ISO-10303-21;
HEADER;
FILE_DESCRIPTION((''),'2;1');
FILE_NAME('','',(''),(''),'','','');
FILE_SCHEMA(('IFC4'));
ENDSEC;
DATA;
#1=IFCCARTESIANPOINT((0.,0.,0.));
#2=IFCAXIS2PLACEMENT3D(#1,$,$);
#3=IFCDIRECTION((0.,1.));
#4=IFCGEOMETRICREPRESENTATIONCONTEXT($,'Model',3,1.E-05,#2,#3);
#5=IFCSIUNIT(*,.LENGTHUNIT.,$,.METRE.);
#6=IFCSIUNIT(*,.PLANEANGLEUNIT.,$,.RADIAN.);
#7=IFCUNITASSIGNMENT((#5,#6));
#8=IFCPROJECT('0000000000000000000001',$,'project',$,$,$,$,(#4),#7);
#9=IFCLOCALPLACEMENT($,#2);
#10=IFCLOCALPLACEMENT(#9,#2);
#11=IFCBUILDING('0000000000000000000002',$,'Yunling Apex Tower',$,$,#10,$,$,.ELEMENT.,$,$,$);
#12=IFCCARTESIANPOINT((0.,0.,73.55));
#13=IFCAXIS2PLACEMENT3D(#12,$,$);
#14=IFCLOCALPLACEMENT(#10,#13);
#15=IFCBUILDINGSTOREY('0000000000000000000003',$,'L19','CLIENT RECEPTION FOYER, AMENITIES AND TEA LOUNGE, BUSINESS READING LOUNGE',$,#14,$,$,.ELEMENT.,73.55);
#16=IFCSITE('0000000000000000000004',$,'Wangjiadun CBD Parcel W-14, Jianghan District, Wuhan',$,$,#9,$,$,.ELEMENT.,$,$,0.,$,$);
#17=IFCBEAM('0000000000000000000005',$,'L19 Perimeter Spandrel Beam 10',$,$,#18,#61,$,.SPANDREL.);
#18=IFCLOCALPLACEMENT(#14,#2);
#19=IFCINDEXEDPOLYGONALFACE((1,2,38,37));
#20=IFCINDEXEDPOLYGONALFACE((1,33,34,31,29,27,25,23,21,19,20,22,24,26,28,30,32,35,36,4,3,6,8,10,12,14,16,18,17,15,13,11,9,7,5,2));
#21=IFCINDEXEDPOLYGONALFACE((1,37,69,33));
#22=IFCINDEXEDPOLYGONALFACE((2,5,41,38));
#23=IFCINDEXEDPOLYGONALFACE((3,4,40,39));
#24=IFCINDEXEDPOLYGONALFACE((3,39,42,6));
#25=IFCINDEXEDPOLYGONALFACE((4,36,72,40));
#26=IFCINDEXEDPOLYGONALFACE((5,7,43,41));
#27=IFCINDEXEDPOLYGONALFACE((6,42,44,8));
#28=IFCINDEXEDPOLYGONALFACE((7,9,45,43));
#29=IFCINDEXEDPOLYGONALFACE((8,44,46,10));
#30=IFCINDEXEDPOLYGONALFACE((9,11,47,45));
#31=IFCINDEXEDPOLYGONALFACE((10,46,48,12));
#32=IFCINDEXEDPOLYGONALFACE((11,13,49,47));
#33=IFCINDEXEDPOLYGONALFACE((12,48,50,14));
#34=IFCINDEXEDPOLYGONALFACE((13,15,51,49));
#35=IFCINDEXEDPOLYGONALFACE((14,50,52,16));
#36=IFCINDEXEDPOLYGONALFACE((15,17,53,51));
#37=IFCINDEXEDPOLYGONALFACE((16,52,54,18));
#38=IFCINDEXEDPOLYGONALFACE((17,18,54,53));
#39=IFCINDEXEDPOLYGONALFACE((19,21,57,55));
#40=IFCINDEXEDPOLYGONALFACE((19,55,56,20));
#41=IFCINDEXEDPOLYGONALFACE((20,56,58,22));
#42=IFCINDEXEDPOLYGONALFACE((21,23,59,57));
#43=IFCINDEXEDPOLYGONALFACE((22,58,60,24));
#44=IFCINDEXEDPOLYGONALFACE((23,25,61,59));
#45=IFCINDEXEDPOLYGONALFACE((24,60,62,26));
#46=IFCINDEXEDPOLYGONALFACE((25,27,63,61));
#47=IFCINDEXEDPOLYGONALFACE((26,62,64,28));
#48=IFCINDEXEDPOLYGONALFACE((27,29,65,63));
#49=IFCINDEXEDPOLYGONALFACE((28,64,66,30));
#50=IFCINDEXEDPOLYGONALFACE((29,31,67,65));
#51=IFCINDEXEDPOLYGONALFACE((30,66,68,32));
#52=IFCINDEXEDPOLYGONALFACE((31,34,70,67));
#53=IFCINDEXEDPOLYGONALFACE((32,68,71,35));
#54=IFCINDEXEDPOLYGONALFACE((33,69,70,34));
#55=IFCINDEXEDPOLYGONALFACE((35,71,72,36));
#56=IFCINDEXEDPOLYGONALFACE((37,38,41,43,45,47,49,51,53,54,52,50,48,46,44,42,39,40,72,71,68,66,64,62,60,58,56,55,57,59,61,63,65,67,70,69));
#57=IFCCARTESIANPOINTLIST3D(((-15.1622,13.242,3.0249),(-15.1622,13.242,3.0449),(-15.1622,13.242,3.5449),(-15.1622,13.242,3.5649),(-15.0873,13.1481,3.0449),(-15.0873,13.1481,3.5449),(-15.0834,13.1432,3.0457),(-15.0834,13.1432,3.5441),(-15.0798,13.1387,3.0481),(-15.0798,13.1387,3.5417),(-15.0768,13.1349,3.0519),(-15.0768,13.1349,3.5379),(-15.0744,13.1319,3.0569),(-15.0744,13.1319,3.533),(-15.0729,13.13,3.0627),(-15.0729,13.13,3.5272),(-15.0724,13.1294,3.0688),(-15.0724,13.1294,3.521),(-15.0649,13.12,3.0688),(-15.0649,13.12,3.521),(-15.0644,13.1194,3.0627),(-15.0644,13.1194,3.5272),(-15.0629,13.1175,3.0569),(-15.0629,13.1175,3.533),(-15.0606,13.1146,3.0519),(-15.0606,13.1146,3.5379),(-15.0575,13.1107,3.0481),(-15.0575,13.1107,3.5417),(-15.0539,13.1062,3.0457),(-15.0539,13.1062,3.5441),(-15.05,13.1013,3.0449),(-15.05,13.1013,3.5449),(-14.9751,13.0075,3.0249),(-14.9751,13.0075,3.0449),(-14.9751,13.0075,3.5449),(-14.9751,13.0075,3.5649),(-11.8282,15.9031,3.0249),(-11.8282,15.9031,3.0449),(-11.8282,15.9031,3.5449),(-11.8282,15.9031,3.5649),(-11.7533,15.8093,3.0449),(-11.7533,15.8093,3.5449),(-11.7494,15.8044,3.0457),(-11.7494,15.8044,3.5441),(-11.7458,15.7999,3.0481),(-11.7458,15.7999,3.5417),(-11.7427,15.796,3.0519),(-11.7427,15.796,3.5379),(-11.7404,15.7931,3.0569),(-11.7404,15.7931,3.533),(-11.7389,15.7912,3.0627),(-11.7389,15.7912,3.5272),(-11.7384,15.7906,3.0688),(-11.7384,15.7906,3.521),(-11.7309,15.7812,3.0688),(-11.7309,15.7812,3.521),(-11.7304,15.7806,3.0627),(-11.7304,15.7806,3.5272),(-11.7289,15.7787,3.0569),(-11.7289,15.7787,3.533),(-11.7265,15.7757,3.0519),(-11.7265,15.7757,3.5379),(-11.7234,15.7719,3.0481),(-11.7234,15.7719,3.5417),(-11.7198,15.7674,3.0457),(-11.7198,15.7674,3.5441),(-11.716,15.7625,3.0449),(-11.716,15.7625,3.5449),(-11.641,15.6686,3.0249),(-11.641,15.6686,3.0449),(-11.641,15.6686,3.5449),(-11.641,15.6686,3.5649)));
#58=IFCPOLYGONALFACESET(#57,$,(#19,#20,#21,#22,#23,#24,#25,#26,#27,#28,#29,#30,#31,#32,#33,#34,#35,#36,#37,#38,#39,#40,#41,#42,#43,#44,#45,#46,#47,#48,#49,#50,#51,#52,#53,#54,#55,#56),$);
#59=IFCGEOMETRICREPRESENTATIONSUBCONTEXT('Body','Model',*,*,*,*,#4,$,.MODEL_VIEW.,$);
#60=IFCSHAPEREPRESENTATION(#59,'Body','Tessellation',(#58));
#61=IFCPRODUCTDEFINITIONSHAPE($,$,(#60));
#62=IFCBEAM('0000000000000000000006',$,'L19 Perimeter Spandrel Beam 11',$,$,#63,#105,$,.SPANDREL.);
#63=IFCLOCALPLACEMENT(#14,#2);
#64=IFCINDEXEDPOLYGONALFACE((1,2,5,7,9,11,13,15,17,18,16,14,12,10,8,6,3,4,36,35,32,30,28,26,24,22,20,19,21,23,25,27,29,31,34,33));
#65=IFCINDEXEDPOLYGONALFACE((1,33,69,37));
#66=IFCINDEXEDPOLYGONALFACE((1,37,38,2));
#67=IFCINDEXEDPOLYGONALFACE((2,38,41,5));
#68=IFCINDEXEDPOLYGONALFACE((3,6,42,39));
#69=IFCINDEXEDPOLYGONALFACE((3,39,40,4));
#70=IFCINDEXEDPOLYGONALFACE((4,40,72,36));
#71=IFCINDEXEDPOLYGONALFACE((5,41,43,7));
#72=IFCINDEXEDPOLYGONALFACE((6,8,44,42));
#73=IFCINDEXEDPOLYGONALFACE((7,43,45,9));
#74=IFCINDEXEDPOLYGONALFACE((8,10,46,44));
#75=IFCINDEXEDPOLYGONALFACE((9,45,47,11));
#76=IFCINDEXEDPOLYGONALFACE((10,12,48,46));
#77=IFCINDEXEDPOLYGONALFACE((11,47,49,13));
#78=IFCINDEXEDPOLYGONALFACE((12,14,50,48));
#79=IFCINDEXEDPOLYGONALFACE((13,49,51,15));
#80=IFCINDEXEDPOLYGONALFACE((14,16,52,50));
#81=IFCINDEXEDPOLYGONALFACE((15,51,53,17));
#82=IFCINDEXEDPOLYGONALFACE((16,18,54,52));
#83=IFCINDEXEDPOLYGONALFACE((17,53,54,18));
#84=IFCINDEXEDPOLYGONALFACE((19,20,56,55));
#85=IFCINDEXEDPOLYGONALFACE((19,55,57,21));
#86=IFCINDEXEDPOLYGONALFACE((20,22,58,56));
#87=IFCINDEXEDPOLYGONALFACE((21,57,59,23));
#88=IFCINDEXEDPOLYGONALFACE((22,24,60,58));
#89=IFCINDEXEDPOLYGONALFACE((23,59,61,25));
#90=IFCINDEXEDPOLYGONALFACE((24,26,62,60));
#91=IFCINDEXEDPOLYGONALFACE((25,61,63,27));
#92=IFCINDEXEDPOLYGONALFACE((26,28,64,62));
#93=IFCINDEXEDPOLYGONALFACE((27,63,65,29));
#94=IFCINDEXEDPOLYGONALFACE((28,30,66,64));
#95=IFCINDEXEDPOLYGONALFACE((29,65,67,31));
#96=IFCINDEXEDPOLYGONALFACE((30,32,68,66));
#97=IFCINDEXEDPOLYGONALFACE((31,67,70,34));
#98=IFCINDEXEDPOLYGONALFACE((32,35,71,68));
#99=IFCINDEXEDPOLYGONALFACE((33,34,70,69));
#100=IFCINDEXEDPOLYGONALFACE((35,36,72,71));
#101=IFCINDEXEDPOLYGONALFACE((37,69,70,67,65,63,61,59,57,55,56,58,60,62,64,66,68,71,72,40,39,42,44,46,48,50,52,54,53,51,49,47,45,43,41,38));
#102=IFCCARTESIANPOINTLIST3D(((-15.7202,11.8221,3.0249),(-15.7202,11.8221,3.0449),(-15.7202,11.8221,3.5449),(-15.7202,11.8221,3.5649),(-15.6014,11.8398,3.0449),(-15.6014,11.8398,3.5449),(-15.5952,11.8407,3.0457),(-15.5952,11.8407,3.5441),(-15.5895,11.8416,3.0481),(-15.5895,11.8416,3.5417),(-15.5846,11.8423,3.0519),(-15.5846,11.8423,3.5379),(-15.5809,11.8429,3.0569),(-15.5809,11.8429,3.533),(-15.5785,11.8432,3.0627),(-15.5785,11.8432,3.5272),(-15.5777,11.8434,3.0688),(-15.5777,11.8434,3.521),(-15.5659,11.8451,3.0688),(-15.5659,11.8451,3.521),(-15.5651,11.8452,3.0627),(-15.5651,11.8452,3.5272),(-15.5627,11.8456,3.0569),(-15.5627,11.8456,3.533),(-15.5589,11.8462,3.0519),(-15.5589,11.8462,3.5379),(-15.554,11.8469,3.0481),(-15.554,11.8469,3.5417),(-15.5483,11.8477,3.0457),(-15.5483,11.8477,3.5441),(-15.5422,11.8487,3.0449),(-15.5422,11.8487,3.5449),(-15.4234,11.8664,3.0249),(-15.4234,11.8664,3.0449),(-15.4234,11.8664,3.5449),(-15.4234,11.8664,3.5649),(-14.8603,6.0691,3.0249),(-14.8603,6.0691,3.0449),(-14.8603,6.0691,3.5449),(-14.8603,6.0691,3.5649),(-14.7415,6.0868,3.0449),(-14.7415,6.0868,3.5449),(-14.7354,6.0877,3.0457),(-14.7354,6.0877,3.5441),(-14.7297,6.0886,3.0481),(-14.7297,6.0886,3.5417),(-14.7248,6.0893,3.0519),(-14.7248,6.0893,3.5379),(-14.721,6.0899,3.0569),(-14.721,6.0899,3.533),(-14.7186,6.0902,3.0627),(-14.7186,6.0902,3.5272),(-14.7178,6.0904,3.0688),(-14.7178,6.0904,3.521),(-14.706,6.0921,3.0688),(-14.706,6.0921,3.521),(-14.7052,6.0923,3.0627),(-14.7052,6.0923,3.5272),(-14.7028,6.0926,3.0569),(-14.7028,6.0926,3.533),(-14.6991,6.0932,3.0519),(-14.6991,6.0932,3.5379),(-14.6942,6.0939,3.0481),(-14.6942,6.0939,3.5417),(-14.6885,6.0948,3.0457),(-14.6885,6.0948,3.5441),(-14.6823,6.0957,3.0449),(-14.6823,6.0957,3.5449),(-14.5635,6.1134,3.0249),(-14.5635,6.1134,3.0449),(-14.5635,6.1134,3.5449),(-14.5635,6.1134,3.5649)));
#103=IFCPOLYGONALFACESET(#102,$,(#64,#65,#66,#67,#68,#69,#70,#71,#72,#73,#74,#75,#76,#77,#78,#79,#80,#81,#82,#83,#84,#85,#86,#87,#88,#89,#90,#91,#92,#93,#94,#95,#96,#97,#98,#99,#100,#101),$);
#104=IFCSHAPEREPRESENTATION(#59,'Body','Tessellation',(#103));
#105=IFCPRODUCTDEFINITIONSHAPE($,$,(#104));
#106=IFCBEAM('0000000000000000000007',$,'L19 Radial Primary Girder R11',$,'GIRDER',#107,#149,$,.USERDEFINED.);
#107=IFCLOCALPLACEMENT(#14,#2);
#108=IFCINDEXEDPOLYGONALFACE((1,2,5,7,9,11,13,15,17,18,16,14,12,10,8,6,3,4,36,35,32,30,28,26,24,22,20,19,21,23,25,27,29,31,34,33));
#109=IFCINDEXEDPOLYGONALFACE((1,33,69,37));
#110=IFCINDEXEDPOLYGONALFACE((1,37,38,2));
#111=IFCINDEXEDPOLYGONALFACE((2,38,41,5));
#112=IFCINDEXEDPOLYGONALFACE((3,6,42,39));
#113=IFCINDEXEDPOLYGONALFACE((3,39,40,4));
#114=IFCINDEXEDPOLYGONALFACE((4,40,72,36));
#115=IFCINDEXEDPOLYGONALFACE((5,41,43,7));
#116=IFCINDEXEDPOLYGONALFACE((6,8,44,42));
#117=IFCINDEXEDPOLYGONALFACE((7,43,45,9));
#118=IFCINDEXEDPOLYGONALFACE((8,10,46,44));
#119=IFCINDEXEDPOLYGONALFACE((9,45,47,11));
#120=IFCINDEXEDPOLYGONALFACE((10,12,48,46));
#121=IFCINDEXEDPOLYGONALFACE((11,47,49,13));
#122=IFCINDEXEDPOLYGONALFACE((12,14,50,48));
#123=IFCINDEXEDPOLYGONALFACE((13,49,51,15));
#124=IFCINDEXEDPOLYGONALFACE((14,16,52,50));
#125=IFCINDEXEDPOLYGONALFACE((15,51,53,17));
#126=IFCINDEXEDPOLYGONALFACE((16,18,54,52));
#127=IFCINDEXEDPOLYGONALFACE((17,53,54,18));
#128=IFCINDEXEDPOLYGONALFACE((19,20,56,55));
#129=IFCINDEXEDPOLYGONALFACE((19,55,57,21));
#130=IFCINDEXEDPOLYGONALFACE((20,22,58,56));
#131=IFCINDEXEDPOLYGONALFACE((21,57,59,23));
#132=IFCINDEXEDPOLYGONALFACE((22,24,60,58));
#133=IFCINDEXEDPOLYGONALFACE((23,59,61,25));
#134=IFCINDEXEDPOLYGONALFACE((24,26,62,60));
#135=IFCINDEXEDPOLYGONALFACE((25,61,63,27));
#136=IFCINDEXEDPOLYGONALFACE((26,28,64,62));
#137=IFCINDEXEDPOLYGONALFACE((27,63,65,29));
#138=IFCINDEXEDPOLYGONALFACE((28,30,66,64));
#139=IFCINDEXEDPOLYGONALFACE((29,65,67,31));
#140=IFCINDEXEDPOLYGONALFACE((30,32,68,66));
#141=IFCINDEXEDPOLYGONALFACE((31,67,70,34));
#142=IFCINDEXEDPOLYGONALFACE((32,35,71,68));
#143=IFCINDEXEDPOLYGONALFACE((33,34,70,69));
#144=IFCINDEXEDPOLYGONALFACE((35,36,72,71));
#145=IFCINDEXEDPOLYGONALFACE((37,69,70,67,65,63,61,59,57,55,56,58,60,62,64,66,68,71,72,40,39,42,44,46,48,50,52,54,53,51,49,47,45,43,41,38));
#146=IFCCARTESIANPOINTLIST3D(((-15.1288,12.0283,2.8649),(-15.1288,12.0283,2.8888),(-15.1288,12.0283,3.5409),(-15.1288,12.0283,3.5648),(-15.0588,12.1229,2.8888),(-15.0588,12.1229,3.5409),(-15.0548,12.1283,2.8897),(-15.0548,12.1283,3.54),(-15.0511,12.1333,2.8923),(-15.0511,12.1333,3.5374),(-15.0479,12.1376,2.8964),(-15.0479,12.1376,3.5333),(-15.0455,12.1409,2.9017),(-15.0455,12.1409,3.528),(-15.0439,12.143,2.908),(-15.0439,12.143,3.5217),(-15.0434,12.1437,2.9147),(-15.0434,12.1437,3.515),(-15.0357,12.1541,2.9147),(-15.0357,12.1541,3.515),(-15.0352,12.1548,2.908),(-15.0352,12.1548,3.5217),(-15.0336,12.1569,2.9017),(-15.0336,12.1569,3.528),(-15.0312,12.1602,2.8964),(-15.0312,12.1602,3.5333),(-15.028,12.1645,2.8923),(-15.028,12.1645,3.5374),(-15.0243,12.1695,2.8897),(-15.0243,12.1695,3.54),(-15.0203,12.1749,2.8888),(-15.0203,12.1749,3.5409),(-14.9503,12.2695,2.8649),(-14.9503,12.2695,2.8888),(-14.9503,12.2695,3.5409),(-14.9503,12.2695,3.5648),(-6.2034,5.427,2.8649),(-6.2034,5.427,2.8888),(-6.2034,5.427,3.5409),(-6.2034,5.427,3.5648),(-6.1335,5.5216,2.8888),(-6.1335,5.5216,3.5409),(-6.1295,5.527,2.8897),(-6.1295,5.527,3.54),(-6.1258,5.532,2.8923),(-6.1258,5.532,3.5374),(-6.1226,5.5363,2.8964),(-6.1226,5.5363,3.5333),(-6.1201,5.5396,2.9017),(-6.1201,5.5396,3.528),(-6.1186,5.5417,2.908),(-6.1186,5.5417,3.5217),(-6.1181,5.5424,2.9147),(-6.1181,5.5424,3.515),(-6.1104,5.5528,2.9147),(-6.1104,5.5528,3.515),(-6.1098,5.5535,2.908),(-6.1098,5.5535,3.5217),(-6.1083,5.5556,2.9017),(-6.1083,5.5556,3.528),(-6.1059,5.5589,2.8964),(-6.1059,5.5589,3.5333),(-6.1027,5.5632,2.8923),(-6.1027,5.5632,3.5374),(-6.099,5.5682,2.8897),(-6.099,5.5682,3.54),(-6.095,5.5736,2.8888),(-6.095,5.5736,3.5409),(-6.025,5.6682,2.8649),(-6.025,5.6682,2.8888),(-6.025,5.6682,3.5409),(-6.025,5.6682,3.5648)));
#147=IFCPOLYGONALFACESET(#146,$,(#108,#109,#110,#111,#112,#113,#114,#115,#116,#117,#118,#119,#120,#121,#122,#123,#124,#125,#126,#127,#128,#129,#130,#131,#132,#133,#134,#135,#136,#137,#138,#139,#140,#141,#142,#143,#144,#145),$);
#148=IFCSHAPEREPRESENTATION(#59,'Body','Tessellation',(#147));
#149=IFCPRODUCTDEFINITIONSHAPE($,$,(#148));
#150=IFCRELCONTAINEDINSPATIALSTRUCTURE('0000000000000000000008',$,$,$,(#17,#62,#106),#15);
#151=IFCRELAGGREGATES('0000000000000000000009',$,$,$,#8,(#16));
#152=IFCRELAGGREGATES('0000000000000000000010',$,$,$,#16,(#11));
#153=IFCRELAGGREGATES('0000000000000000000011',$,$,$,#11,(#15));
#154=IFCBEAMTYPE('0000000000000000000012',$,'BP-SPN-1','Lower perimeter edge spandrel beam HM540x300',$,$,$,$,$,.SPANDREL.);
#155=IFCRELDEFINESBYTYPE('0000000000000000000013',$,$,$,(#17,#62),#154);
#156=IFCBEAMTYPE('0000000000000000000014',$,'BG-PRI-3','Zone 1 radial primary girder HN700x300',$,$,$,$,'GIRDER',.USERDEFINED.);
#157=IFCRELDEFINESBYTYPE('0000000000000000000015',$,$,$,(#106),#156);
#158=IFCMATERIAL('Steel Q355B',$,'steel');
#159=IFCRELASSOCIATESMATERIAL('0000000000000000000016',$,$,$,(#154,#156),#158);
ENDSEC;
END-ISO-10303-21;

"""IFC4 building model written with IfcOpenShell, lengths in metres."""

from ifc_helpers import new_model, si_unit, direction, frame, origin, origin_2d, place, context, subcontext, project, spatial, i_section, extrude, source, transform, mapped, material, material_profile, profile_set, type_object, element, save


model = new_model("IFC4")

# Units and contexts
model_context = context("Model", 3, precision=1e-05, world=origin(), true_north=direction((0.0, 1.0)))
body_context = subcontext(model_context, "Body", "Model", "MODEL_VIEW")
ifc_project = project(units=[si_unit("LENGTHUNIT", "METRE"), si_unit("PLANEANGLEUNIT", "RADIAN")], contexts=[model_context])

# Site, building, storey
site_placement = place(None, origin())
site = spatial("IfcSite", under=ifc_project, at=site_placement, Name="Wangjiadun CBD Parcel W-14, Jianghan District, Wuhan", CompositionType="ELEMENT", RefElevation=0.0)
building_placement = place(site_placement, origin())
building = spatial("IfcBuilding", under=site, at=building_placement, Name="Yunling Apex Tower", CompositionType="ELEMENT")
storey_placement = place(building_placement, frame((0.0, 0.0, 73.55)))
storey = spatial("IfcBuildingStorey", under=building, at=storey_placement, Name="L19", Description="CLIENT RECEPTION FOYER, AMENITIES AND TEA LOUNGE, BUSINESS READING LOUNGE", CompositionType="ELEMENT", Elevation=73.55)

# Beams
ifc_material_1 = material(Name="Steel Q355B", Category="steel")
ifc_material_profile_1 = material_profile(ifc_material_1, i_section(OverallWidth=0.3, OverallDepth=0.54, WebThickness=0.012, FlangeThickness=0.02, FilletRadius=0.0239, at=origin_2d()))
ifc_profile_set_1 = profile_set([ifc_material_profile_1], Name="Steel Q355B")
beam_type_1 = type_object("IfcBeamType", Name="BP-SPN-1", Description="Lower perimeter edge spandrel beam HM540x300", PredefinedType="SPANDREL", material=ifc_profile_set_1)
shared_shape_1 = source(origin(), body_context, "Body", "SweptSolid", [
    extrude(i_section(OverallWidth=0.3, OverallDepth=0.54, WebThickness=0.012, FlangeThickness=0.02, FilletRadius=0.0239, at=origin_2d()), origin(), (0.0, 0.0, 1.0), 4.2659),
])
beam_1_placement = place(storey_placement, frame((-11.7346, 15.7859, 3.2949), z_axis=(-0.781561, -0.623829, 0.0), x_axis=(0.623829, -0.781561, 0.0)))
element("IfcBeam", 1, at=beam_1_placement, inside=storey, type_object=beam_type_1, Name="L19 Perimeter Spandrel Beam 10", PredefinedType="SPANDREL", context=body_context, shape_type="MappedRepresentation", body=[
    mapped(shared_shape_1, transform((0.0, 0.0, 0.0), scale=1.0)),
])
shared_shape_2 = source(origin(), body_context, "Body", "SweptSolid", [
    extrude(i_section(OverallWidth=0.3, OverallDepth=0.54, WebThickness=0.012, FlangeThickness=0.02, FilletRadius=0.0239, at=origin_2d()), origin(), (0.0, 0.0, 1.0), 5.8169),
])
beam_2_placement = place(storey_placement, frame((-15.5718, 11.8442, 3.2949), z_axis=(0.147823, -0.989014, 0.0), x_axis=(0.989014, 0.147823, 0.0)))
element("IfcBeam", 2, at=beam_2_placement, inside=storey, type_object=beam_type_1, Name="L19 Perimeter Spandrel Beam 11", PredefinedType="SPANDREL", context=body_context, shape_type="MappedRepresentation", body=[
    mapped(shared_shape_2, transform((0.0, 0.0, 0.0), scale=1.0)),
])
ifc_material_profile_2 = material_profile(ifc_material_1, i_section(OverallWidth=0.3, OverallDepth=0.7, WebThickness=0.0129, FlangeThickness=0.0239, FilletRadius=0.0259, at=origin_2d()))
ifc_profile_set_2 = profile_set([ifc_material_profile_2], Name="Steel Q355B")
beam_type_2 = type_object("IfcBeamType", Name="BG-PRI-3", Description="Zone 1 radial primary girder HN700x300", ElementType="GIRDER", PredefinedType="USERDEFINED", material=ifc_profile_set_2)
shared_shape_3 = source(origin(), body_context, "Body", "SweptSolid", [
    extrude(i_section(OverallWidth=0.3, OverallDepth=0.7, WebThickness=0.0129, FlangeThickness=0.0239, FilletRadius=0.0259, at=origin_2d()), origin(), (0.0, 0.0, 1.0), 11.1013),
])
beam_3_placement = place(storey_placement, frame((-15.0396, 12.1489, 3.2148), z_axis=(0.803988, -0.594645, 0.0), x_axis=(0.594645, 0.803988, 0.0)))
element("IfcBeam", 3, at=beam_3_placement, inside=storey, type_object=beam_type_2, Name="L19 Radial Primary Girder R11", ObjectType="GIRDER", PredefinedType="USERDEFINED", context=body_context, shape_type="MappedRepresentation", body=[
    mapped(shared_shape_3, transform((0.0, 0.0, 0.0), scale=1.0)),
])

save(model, "model.ifc")
